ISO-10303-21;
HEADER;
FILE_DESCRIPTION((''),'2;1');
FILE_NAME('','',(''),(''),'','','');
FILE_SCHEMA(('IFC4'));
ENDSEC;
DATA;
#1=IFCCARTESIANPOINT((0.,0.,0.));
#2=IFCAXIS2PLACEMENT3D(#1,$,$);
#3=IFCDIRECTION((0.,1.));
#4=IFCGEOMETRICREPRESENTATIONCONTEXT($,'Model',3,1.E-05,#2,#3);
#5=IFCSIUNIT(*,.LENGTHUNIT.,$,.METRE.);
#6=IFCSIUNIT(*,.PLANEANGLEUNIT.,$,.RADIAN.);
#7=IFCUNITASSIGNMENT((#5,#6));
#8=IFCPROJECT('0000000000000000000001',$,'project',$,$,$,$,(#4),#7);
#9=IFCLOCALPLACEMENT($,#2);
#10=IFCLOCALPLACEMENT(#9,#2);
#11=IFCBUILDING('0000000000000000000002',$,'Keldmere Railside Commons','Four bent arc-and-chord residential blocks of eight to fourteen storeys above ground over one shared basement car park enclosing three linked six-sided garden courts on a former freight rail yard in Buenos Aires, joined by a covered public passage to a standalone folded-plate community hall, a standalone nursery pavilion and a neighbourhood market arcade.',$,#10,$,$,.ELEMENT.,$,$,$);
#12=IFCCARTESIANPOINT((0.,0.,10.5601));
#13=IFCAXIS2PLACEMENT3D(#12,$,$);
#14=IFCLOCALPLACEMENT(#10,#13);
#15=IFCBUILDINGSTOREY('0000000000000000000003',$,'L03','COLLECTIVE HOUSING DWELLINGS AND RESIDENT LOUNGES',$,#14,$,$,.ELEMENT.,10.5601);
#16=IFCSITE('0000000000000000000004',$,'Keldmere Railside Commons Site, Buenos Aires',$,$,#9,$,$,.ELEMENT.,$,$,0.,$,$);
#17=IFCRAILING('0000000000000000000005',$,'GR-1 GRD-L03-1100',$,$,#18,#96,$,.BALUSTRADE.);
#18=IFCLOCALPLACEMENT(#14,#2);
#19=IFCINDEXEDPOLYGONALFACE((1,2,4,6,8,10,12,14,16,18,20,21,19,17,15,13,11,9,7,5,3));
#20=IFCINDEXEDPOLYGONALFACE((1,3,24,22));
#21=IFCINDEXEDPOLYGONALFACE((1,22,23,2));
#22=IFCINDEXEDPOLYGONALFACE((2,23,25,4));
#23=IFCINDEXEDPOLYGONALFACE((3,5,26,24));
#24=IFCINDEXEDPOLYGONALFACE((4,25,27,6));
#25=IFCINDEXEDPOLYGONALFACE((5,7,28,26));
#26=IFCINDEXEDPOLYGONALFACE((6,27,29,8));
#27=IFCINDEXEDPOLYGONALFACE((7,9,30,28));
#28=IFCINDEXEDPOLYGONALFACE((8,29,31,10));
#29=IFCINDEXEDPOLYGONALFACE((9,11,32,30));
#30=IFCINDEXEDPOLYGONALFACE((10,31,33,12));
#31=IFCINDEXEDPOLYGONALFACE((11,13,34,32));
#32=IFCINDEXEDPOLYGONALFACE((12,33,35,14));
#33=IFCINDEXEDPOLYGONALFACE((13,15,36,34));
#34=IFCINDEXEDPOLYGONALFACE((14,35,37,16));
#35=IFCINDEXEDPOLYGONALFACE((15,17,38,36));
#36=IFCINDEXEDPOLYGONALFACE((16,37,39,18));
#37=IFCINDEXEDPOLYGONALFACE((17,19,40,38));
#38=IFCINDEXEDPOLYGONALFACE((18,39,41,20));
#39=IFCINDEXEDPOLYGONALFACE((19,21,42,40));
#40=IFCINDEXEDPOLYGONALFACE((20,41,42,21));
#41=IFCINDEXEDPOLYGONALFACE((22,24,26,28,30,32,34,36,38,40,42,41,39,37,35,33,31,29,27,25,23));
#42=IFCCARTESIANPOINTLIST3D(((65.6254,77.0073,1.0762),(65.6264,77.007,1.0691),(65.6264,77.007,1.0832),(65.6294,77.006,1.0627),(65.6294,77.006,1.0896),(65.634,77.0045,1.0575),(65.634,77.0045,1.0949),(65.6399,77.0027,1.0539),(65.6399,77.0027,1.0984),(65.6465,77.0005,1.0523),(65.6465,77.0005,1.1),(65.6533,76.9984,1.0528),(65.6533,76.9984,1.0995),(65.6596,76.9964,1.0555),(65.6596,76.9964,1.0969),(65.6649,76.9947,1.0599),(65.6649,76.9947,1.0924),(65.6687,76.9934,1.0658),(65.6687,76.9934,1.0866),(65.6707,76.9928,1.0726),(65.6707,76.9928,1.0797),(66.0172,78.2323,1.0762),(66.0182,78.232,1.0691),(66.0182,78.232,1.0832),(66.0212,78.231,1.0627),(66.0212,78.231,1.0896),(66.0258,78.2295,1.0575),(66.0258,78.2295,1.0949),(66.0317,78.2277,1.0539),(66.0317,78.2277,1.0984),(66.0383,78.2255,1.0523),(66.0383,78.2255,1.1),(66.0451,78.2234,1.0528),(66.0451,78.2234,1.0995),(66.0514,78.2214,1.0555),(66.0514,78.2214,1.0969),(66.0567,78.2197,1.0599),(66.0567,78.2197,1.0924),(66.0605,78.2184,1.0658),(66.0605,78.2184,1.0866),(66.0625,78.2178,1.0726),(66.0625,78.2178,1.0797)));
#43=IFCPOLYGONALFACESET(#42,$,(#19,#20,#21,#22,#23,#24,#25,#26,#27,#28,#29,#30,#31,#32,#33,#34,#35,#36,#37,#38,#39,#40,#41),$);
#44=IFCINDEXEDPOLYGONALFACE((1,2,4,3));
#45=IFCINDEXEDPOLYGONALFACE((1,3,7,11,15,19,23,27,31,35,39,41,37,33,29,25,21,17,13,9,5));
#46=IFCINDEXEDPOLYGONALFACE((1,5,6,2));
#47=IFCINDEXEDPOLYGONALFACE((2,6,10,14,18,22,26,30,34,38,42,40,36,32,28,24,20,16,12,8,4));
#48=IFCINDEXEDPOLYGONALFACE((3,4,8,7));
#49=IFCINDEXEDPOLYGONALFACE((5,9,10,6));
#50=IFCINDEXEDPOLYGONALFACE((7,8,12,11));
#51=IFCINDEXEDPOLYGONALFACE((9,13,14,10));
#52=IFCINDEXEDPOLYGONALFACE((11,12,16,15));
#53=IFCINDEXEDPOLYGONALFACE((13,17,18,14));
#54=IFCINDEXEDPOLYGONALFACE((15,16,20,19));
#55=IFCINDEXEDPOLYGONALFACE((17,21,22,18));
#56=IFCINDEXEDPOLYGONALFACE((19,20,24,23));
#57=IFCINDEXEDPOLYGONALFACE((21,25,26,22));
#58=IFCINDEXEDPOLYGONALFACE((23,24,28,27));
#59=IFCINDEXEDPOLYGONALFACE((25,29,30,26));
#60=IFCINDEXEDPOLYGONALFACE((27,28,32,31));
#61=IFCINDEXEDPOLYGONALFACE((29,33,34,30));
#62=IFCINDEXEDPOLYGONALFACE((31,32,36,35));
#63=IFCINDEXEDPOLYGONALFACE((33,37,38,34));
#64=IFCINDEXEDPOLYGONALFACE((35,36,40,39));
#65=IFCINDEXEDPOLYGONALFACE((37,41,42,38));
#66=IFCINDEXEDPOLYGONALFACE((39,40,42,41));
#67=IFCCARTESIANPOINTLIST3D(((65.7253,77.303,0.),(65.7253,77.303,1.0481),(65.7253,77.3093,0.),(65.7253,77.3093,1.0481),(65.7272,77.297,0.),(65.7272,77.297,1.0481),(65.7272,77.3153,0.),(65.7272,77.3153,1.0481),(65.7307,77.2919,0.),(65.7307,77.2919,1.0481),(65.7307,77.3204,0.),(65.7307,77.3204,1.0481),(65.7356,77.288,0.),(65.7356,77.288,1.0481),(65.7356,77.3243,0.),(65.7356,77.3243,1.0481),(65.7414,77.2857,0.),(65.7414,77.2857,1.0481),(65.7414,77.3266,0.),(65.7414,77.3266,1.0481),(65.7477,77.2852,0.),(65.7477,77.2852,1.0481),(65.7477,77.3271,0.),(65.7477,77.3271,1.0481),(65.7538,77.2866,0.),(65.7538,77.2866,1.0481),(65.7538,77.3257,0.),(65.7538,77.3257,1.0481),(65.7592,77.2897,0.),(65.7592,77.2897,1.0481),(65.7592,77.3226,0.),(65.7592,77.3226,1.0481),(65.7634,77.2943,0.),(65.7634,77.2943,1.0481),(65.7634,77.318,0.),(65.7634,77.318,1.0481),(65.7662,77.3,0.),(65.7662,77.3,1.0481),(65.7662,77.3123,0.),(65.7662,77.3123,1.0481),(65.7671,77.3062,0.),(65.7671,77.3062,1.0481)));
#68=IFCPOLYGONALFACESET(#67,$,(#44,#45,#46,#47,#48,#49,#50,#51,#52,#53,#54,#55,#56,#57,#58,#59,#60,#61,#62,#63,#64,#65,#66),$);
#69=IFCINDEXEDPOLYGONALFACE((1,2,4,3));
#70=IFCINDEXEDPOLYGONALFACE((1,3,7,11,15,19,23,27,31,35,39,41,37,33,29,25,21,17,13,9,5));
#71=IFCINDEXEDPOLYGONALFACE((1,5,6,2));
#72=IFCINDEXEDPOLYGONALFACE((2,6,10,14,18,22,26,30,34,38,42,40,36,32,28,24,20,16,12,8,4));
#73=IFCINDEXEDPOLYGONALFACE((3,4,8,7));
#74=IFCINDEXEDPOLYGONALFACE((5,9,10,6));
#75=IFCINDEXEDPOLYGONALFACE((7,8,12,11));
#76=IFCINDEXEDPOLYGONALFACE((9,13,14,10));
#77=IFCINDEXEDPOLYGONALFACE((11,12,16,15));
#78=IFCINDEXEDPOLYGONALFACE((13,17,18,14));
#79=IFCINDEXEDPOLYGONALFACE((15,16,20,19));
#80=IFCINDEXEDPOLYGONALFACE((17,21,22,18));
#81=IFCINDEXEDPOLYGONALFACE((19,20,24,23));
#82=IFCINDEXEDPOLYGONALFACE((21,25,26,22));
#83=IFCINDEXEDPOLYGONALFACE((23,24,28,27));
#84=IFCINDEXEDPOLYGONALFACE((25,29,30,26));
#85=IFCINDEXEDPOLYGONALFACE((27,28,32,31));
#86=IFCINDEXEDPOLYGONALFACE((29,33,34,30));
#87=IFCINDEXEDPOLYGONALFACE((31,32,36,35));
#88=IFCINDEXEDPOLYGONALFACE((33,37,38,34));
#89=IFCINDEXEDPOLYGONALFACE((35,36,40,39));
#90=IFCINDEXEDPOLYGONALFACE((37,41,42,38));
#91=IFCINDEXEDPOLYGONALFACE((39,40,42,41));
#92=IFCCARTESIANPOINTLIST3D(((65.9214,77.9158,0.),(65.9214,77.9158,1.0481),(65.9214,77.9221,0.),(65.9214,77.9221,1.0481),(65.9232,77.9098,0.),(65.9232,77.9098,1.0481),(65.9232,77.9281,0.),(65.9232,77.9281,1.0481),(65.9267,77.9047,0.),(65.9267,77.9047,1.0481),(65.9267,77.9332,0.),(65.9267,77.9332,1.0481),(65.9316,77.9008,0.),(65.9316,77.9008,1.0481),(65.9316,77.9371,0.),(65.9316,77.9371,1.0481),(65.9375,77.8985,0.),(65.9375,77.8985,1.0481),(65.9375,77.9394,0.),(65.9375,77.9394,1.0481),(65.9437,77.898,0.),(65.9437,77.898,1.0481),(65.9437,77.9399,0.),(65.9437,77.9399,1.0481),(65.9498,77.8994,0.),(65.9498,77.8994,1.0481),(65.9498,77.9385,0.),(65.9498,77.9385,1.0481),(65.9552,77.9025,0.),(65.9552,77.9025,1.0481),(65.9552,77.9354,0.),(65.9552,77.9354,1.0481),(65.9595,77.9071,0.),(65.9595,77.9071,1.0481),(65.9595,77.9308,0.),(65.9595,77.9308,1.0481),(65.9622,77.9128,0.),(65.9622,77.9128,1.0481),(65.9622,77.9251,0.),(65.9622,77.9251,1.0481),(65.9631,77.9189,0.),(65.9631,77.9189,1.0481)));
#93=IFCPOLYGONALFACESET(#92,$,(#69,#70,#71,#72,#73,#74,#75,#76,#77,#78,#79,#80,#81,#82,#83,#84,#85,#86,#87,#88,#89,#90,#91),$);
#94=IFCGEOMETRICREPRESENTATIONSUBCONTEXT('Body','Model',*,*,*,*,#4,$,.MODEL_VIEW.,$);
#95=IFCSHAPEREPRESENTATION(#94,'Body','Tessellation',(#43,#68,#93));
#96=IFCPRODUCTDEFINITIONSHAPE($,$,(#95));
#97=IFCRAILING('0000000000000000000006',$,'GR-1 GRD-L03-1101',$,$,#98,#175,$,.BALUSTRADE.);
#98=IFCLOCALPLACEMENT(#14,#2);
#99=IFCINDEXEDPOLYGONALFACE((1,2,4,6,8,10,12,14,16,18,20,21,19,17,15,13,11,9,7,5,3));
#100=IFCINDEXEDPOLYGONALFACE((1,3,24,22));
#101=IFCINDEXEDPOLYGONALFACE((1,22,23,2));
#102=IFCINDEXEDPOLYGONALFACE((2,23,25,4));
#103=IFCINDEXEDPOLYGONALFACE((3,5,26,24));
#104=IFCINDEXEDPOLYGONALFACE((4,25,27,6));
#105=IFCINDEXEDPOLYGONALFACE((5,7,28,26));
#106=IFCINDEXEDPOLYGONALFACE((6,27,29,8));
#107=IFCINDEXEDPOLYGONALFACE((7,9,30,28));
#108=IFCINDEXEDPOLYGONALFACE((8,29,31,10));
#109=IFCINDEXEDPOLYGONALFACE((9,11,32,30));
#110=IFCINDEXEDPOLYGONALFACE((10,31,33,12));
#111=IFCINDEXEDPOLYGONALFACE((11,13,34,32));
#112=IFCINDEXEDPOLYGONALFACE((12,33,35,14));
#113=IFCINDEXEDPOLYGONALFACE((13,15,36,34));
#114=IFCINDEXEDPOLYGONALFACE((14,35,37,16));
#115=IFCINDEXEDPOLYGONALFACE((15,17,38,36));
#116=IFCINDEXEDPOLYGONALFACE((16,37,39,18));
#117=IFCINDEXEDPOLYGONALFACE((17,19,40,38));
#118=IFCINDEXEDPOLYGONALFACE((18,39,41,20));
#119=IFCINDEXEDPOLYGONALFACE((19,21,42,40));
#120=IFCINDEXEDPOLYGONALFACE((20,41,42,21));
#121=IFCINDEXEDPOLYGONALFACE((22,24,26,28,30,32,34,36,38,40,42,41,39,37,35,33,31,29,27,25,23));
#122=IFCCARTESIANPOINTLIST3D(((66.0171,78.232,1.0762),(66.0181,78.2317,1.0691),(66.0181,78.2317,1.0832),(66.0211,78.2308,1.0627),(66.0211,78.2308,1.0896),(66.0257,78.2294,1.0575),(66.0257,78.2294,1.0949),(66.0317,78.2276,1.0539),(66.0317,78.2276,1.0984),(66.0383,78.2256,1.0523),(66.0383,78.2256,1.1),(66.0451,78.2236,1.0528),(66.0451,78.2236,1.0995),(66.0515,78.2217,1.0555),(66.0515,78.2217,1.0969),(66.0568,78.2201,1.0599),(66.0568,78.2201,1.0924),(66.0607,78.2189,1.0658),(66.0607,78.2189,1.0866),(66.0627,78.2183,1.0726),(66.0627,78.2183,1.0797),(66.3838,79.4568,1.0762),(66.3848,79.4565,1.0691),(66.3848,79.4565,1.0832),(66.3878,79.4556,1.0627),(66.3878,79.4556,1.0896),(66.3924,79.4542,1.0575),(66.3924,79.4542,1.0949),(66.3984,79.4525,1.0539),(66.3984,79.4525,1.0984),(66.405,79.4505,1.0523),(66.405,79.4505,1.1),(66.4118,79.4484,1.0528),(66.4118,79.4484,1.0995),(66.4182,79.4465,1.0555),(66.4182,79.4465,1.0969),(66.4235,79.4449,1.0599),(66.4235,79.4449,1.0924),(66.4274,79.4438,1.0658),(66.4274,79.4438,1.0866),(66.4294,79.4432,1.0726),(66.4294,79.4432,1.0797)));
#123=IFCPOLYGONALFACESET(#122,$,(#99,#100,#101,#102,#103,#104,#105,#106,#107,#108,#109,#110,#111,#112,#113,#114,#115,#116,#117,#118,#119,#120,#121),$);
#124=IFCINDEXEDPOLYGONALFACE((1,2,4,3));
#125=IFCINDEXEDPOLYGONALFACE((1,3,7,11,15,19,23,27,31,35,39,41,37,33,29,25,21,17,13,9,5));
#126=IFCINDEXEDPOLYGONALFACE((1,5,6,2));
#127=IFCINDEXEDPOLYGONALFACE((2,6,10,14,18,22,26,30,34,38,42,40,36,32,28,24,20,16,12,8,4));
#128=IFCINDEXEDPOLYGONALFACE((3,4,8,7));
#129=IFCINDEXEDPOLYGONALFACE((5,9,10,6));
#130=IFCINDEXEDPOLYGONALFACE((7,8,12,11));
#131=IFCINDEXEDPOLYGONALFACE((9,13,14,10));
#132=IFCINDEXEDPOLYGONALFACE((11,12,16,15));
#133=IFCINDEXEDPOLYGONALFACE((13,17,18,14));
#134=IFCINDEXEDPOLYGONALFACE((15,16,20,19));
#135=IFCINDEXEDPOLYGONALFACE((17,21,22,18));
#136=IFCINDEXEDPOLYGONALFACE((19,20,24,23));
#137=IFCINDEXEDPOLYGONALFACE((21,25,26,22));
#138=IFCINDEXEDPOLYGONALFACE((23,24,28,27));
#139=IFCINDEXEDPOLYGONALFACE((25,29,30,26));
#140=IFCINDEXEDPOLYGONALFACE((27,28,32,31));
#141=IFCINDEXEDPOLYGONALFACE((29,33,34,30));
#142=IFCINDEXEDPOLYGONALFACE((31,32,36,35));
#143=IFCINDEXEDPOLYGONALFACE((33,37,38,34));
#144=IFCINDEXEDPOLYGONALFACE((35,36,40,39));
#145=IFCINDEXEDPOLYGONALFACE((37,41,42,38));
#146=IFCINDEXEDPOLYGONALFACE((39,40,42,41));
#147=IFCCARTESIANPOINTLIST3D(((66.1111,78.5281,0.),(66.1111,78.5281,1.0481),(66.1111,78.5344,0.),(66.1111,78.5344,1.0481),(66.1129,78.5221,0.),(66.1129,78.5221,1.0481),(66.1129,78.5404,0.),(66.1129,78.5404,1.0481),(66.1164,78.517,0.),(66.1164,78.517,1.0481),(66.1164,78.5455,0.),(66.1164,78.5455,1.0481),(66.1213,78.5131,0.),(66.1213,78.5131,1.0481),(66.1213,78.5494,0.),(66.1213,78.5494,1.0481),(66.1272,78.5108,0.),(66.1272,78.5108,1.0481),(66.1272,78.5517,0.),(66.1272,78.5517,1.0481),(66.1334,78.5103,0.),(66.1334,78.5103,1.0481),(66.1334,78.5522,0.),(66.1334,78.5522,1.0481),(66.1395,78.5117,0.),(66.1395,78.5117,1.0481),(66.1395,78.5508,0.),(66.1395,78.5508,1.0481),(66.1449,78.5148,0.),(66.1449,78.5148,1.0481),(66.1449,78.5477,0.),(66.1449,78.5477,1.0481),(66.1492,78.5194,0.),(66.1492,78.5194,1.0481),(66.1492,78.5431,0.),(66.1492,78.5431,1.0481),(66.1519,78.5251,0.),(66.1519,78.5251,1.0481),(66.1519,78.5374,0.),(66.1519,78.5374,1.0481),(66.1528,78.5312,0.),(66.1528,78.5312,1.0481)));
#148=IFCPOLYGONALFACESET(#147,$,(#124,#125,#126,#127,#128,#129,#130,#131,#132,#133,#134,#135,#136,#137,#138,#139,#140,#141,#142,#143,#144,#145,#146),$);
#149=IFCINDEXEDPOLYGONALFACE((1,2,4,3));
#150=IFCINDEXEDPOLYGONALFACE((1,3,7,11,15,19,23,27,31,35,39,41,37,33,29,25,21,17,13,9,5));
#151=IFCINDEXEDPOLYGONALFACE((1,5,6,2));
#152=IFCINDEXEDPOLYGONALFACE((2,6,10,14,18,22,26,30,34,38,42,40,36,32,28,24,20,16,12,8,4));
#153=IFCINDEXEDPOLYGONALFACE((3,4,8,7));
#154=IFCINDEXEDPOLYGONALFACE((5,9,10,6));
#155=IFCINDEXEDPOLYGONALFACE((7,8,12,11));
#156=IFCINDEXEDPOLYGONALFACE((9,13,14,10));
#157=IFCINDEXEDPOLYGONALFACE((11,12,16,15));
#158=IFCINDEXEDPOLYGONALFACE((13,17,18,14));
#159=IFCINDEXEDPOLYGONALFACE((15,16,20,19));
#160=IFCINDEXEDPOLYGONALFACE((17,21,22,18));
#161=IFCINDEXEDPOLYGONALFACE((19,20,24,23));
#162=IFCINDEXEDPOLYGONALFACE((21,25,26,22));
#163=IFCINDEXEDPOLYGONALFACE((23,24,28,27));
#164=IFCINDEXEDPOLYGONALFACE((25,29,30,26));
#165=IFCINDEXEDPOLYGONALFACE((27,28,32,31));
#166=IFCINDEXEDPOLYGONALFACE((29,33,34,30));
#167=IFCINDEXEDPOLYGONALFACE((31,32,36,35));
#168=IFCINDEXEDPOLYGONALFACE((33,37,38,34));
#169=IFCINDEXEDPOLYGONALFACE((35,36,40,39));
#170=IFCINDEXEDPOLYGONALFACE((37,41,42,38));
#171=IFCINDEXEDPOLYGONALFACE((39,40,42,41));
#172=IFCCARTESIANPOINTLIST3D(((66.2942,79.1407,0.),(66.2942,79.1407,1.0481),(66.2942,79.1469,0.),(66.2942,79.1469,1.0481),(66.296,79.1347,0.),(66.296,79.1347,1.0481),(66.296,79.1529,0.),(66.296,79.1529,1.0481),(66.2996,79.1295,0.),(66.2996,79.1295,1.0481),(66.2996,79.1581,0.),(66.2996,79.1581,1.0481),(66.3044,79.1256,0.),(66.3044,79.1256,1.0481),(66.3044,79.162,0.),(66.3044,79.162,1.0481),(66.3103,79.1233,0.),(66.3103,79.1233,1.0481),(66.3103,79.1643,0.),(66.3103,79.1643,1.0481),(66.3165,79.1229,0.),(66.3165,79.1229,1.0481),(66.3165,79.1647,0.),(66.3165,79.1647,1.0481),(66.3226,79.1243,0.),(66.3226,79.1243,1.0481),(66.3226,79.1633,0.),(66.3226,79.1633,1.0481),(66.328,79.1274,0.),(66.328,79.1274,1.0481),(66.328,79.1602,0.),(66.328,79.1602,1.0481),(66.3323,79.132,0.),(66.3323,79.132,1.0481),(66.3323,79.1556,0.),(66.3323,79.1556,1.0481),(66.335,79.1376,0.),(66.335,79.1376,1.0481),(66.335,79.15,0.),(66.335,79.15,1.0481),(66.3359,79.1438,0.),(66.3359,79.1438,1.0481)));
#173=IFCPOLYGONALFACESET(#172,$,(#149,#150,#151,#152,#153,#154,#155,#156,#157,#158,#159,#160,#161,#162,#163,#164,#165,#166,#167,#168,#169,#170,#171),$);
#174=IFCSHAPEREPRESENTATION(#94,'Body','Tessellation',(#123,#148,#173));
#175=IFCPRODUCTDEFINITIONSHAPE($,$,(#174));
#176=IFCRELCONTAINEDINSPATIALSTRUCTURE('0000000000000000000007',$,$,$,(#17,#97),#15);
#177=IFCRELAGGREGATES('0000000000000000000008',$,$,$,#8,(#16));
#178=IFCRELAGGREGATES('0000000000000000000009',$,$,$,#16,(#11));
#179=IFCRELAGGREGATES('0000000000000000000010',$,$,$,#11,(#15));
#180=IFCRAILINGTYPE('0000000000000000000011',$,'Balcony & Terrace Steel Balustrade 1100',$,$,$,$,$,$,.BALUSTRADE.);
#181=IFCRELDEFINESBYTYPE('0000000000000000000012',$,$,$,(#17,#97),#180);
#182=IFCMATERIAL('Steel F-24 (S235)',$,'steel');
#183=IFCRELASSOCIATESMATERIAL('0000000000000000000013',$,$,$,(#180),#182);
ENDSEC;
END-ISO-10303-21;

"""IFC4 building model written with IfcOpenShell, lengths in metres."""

from ifc_helpers import new_model, si_unit, direction, frame, origin, origin_2d, place, context, subcontext, project, spatial, circle, extrude, material, type_object, element, save


model = new_model("IFC4")

# Units and contexts
model_context = context("Model", 3, precision=1e-05, world=origin(), true_north=direction((0.0, 1.0)))
body_context = subcontext(model_context, "Body", "Model", "MODEL_VIEW")
ifc_project = project(units=[si_unit("LENGTHUNIT", "METRE"), si_unit("PLANEANGLEUNIT", "RADIAN")], contexts=[model_context])

# Site, building, storey
site_placement = place(None, origin())
site = spatial("IfcSite", under=ifc_project, at=site_placement, Name="Keldmere Railside Commons Site, Buenos Aires", CompositionType="ELEMENT", RefElevation=0.0)
building_placement = place(site_placement, origin())
building = spatial("IfcBuilding", under=site, at=building_placement, Name="Keldmere Railside Commons", Description="Four bent arc-and-chord residential blocks of eight to fourteen storeys above ground over one shared basement car park enclosing three linked six-sided garden courts on a former freight rail yard in Buenos Aires, joined by a covered public passage to a standalone folded-plate community hall, a standalone nursery pavilion and a neighbourhood market arcade.", CompositionType="ELEMENT")
storey_placement = place(building_placement, frame((0.0, 0.0, 10.5601)))
storey = spatial("IfcBuildingStorey", under=building, at=storey_placement, Name="L03", Description="COLLECTIVE HOUSING DWELLINGS AND RESIDENT LOUNGES", CompositionType="ELEMENT", Elevation=10.5601)

# Railings
ifc_material_1 = material(Name="Steel F-24 (S235)", Category="steel")
railing_type = type_object("IfcRailingType", Name="Balcony & Terrace Steel Balustrade 1100", PredefinedType="BALUSTRADE", material=ifc_material_1)
railing_1_placement = place(storey_placement, frame((65.6482, 77.0, 0.0)))
element("IfcRailing", 1, at=railing_1_placement, inside=storey, type_object=railing_type, Name="GR-1 GRD-L03-1100", PredefinedType="BALUSTRADE", context=body_context, shape_type="SweptSolid", body=[
    extrude(circle(Radius=0.0239, at=origin_2d()), frame((0.0, 0.0, 1.0762), z_axis=(0.304645, 0.952466, 0.0), x_axis=(-0.952466, 0.304645, 0.0)), (0.0, 0.0, 1.0), 1.2861),
    extrude(circle(Radius=0.021, at=origin_2d()), frame((0.0979, 0.3062, 0.0)), (0.0, 0.0, 1.0), 1.0481),
    extrude(circle(Radius=0.021, at=origin_2d()), frame((0.2939, 0.9189, 0.0)), (0.0, 0.0, 1.0), 1.0481),
])
railing_2_placement = place(storey_placement, frame((66.04, 78.2251, 0.0)))
element("IfcRailing", 2, at=railing_2_placement, inside=storey, type_object=railing_type, Name="GR-1 GRD-L03-1101", PredefinedType="BALUSTRADE", context=body_context, shape_type="SweptSolid", body=[
    extrude(circle(Radius=0.0239, at=origin_2d()), frame((0.0, 0.0, 1.0762), z_axis=(0.286805, 0.957989, 0.0), x_axis=(-0.957989, 0.286805, 0.0)), (0.0, 0.0, 1.0), 1.2786),
    extrude(circle(Radius=0.021, at=origin_2d()), frame((0.0918, 0.3062, 0.0)), (0.0, 0.0, 1.0), 1.0481),
    extrude(circle(Radius=0.021, at=origin_2d()), frame((0.2749, 0.9187, 0.0)), (0.0, 0.0, 1.0), 1.0481),
])

save(model, "model.ifc")
